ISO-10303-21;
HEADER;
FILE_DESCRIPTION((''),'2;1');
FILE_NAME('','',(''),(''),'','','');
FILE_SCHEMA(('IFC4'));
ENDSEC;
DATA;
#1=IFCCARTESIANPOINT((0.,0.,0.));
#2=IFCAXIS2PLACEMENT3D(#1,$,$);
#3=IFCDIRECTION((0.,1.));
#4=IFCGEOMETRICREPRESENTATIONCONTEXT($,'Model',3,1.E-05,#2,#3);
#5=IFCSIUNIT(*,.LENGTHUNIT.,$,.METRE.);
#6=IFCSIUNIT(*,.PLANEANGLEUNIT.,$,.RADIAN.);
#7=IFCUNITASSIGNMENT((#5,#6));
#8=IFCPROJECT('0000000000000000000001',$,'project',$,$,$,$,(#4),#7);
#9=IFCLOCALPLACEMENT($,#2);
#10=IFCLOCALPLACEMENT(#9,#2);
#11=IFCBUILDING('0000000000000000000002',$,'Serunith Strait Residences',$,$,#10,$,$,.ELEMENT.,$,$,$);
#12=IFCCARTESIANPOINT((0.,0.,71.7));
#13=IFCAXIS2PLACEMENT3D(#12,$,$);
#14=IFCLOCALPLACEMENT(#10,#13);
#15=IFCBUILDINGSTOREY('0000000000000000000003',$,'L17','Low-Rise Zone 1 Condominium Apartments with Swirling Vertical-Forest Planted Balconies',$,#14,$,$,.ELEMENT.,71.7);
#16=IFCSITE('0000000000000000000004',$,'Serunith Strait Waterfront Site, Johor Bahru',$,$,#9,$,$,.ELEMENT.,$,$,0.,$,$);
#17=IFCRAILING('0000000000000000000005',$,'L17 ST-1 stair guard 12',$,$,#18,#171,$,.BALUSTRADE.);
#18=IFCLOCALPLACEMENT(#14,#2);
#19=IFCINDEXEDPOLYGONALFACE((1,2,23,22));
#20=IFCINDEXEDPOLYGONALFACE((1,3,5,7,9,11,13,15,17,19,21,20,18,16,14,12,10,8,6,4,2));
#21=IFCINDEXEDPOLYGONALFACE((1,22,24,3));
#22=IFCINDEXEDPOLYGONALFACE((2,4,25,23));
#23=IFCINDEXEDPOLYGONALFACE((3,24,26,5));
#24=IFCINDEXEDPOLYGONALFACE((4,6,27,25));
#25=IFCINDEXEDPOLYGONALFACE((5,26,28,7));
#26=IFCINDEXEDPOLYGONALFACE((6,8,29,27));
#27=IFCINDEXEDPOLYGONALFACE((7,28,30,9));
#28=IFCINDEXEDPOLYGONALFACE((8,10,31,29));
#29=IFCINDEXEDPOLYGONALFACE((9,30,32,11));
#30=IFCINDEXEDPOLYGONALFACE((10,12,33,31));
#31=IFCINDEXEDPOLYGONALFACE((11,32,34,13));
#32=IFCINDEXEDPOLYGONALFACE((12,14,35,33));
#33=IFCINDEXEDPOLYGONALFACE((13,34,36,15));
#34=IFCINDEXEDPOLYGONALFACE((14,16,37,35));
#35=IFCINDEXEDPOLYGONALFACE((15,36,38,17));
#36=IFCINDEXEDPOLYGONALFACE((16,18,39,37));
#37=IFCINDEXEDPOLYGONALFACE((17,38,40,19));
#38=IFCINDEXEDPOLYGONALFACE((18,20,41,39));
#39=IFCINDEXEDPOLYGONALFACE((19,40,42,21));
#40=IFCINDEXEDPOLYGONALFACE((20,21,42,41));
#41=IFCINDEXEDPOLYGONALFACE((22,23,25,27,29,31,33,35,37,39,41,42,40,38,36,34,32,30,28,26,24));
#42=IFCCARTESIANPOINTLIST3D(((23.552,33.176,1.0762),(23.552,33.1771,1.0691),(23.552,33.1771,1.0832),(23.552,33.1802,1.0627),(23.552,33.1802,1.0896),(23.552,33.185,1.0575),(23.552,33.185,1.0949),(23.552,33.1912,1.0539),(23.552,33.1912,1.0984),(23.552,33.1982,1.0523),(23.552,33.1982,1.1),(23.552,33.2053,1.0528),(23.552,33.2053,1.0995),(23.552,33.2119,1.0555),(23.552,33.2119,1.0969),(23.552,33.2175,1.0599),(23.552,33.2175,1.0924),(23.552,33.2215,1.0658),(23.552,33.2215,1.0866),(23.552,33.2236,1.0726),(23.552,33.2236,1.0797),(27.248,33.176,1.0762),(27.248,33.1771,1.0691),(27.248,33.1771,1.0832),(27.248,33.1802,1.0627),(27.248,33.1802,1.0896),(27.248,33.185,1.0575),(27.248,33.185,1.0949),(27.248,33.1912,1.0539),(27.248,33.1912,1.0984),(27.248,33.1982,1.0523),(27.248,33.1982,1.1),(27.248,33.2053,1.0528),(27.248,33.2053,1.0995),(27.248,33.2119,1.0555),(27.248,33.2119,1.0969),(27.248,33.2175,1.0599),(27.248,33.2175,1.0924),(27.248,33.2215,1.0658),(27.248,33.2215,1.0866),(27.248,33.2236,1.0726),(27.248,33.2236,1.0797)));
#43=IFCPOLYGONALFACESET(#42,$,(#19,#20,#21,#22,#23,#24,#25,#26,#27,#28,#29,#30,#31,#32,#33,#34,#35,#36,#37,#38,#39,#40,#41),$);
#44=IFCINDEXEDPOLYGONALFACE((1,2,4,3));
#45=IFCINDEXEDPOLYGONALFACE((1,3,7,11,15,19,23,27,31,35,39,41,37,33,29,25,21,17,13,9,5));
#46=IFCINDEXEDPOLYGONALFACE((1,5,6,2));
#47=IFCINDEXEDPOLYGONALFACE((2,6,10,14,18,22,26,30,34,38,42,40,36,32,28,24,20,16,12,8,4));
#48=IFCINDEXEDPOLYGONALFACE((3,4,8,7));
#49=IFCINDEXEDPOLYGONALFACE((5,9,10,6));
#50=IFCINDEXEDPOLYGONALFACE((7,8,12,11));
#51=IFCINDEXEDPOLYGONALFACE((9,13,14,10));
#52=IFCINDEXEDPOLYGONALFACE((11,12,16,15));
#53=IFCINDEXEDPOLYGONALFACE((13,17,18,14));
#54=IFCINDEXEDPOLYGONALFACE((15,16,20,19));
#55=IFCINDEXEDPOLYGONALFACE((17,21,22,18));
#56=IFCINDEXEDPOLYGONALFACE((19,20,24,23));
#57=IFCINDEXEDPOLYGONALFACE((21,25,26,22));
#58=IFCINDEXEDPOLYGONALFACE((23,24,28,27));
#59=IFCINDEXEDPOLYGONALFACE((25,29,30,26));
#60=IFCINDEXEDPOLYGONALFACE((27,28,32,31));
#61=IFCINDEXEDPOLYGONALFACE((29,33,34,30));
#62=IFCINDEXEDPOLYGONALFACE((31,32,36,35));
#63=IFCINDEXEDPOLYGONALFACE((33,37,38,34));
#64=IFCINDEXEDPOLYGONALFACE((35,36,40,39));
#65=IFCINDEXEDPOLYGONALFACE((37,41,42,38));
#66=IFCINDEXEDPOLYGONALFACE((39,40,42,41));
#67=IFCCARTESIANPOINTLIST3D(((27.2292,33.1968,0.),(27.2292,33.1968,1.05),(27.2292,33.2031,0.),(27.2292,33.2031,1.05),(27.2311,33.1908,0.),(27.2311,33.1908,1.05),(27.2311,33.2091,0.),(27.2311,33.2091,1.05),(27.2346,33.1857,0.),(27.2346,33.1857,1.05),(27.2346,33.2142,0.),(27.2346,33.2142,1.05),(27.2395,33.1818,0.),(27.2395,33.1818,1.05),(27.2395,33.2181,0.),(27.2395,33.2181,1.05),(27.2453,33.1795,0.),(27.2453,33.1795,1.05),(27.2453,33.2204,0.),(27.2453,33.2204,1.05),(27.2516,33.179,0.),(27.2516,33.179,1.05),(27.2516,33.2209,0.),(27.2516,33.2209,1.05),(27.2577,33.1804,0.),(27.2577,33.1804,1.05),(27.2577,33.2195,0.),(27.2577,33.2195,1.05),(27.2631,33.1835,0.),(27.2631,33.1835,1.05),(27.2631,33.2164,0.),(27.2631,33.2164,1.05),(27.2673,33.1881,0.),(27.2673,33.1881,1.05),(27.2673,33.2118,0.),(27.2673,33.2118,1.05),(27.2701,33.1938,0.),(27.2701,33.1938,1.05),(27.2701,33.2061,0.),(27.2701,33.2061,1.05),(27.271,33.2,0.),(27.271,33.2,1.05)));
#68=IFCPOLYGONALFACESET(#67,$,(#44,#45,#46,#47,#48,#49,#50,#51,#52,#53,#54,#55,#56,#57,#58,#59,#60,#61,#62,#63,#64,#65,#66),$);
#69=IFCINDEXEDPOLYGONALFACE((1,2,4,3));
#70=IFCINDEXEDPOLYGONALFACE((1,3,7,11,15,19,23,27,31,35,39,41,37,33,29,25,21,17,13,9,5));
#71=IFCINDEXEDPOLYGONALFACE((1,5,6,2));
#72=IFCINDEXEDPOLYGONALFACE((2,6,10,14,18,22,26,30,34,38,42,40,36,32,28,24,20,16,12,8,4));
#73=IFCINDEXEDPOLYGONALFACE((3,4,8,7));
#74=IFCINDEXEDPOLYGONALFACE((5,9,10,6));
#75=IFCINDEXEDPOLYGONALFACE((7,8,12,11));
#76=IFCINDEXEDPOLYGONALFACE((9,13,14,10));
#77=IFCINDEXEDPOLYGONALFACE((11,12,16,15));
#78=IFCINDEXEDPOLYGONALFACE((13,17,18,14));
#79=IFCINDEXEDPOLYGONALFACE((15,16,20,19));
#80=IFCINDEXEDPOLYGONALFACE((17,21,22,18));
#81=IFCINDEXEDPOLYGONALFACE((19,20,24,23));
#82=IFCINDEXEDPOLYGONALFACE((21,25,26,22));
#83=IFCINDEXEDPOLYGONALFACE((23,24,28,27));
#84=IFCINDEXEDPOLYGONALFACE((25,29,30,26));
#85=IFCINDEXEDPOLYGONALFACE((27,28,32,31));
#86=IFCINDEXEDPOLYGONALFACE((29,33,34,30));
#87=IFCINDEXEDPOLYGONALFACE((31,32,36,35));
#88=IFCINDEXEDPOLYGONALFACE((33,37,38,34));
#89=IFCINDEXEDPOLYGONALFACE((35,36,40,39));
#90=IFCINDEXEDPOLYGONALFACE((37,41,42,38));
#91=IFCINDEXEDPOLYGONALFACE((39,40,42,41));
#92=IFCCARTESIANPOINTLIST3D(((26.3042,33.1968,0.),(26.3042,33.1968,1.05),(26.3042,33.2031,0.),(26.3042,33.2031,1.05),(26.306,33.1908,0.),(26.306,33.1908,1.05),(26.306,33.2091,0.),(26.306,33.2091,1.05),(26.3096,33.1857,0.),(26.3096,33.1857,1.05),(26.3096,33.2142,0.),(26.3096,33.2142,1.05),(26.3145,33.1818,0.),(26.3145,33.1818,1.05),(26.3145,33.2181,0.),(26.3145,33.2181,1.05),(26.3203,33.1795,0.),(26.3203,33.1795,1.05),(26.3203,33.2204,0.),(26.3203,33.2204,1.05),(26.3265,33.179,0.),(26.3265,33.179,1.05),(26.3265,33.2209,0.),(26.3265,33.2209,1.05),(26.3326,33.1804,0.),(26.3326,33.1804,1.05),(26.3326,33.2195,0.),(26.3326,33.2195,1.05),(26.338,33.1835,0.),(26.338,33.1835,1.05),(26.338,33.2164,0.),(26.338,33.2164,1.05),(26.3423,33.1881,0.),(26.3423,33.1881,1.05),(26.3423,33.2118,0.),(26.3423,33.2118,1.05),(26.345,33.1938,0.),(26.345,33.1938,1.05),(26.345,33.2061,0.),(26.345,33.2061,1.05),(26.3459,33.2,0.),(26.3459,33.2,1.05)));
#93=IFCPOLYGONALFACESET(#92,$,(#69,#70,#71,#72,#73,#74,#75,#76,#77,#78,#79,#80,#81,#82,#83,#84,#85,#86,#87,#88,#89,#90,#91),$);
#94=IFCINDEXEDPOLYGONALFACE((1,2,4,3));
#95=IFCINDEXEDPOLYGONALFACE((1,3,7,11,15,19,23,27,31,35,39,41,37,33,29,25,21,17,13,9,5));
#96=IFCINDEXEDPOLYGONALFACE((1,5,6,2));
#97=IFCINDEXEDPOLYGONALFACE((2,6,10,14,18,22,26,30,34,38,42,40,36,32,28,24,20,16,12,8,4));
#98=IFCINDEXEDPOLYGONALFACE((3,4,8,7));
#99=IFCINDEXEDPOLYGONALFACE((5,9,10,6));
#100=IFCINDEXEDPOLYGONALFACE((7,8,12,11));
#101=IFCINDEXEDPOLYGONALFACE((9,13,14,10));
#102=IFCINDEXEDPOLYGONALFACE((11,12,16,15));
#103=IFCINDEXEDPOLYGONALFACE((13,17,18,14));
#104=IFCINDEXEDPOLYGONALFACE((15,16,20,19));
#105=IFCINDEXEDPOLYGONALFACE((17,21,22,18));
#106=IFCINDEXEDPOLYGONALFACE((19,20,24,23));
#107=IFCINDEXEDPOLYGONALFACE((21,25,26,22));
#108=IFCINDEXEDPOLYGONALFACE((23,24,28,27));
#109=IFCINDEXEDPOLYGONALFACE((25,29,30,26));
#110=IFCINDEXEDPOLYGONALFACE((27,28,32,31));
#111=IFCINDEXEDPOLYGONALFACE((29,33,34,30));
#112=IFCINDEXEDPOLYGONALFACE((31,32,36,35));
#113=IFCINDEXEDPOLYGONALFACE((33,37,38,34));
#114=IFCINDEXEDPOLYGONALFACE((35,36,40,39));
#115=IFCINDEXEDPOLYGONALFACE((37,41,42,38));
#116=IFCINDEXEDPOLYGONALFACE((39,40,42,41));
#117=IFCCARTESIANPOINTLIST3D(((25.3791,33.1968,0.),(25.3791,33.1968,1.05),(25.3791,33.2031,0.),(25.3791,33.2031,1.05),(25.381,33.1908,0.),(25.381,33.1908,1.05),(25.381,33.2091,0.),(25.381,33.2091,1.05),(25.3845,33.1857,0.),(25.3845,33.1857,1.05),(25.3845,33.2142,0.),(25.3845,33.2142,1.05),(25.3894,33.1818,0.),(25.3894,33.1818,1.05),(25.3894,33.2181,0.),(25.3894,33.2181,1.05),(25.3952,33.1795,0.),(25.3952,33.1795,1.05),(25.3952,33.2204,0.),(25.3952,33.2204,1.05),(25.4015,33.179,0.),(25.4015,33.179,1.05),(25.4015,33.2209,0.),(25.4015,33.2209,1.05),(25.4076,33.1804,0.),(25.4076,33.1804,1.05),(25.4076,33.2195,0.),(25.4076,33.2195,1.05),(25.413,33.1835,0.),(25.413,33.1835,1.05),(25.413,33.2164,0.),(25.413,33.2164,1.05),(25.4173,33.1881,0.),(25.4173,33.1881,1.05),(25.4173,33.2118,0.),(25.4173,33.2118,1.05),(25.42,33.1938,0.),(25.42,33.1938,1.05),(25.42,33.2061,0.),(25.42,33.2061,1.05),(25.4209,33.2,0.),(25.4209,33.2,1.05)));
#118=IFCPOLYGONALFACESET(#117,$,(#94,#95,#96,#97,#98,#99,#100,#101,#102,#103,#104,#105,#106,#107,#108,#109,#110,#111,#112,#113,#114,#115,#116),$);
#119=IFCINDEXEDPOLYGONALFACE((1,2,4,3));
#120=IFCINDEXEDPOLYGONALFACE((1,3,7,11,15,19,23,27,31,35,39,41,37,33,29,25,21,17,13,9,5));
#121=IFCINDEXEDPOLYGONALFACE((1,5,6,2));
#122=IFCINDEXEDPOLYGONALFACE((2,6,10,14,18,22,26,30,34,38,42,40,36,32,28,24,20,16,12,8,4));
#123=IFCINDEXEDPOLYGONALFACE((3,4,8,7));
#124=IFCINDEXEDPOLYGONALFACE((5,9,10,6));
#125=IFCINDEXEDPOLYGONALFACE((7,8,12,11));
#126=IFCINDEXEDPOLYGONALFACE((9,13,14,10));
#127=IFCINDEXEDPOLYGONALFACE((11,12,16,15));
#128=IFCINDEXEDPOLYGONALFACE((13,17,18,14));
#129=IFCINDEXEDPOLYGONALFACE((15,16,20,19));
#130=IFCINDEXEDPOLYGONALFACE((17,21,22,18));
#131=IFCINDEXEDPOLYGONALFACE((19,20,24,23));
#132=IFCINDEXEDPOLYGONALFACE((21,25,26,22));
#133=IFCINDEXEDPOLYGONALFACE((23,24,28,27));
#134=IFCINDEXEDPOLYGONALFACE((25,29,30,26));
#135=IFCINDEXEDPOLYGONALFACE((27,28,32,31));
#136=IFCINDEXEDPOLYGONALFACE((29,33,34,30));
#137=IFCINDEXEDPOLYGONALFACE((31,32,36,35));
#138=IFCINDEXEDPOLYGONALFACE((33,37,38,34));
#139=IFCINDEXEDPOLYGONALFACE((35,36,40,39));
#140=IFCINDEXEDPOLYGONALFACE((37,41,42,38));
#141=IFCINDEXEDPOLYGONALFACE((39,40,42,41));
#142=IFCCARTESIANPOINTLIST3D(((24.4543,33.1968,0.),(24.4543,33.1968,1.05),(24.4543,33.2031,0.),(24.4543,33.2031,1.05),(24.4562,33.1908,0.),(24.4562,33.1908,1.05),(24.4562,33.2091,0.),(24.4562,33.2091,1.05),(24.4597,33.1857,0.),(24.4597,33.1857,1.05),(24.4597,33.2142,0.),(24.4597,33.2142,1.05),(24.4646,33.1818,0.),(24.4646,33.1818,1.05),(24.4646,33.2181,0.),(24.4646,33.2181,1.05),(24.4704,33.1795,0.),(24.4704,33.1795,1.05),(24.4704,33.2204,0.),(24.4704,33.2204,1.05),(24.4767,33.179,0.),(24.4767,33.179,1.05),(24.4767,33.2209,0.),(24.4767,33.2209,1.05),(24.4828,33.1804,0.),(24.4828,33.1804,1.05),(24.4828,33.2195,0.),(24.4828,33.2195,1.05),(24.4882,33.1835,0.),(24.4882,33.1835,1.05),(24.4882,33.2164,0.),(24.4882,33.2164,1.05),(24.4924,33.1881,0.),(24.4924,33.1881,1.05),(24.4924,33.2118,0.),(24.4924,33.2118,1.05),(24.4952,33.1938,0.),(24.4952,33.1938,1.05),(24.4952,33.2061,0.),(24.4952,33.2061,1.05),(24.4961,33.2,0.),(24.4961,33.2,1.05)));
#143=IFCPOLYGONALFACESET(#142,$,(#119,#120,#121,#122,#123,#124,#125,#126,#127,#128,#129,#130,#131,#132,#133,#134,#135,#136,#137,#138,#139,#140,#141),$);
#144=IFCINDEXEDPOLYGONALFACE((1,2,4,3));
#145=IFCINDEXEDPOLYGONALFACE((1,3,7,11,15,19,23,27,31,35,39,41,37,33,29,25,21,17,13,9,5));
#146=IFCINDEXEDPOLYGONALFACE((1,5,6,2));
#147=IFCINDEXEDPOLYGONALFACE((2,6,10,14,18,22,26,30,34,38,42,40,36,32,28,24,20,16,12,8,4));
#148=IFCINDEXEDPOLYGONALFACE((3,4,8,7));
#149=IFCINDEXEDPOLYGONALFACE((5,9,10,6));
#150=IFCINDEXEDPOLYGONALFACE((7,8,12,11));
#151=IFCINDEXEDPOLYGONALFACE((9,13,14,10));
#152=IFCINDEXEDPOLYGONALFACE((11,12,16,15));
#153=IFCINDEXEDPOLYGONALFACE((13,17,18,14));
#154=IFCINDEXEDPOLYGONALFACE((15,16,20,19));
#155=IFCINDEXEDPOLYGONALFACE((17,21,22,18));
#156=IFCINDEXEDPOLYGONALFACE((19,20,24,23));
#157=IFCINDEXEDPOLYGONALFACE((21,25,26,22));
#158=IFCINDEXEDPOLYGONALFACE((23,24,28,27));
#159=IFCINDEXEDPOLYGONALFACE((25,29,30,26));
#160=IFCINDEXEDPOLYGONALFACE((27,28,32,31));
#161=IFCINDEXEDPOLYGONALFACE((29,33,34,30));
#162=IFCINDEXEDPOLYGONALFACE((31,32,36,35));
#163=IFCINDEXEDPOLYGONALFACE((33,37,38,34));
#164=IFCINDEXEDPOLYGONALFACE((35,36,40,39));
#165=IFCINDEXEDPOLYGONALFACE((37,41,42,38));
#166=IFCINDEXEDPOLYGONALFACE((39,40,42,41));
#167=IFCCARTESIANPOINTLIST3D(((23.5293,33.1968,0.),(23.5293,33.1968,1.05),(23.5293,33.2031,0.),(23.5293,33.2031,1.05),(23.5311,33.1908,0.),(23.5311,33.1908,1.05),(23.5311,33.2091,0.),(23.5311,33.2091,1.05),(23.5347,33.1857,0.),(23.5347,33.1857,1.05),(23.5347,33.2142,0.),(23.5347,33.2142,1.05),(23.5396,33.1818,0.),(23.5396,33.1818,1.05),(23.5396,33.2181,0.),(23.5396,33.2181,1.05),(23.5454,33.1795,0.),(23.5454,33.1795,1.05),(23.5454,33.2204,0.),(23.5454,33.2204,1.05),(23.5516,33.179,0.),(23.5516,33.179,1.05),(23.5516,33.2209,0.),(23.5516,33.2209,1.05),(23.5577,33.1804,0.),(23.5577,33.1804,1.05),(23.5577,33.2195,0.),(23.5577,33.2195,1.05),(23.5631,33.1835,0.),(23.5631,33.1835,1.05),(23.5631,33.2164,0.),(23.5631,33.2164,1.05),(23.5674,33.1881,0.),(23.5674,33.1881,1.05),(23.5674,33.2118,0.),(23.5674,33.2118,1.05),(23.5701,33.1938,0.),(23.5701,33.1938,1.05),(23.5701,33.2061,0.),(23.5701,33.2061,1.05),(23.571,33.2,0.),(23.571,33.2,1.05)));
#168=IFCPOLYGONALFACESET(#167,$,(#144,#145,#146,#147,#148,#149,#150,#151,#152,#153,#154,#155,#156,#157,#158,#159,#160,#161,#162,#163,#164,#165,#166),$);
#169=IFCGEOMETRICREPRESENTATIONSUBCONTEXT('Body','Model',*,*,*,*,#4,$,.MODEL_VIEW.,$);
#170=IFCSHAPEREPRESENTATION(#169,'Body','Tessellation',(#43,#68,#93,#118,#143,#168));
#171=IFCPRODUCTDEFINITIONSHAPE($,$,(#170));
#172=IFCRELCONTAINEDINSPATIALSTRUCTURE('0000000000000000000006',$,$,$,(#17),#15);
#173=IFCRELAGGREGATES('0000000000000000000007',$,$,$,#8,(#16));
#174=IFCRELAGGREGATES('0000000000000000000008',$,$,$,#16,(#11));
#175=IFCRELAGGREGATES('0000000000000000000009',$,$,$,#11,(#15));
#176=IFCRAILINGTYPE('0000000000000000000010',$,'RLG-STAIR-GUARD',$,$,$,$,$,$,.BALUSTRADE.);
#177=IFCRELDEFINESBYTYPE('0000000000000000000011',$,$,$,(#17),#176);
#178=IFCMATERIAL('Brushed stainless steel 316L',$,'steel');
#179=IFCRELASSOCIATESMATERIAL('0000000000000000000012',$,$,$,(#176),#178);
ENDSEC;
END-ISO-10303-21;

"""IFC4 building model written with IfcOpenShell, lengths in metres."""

from ifc_helpers import new_model, si_unit, direction, frame, origin, origin_2d, place, context, subcontext, project, spatial, circle, extrude, material, type_object, element, save


model = new_model("IFC4")

# Units and contexts
model_context = context("Model", 3, precision=1e-05, world=origin(), true_north=direction((0.0, 1.0)))
body_context = subcontext(model_context, "Body", "Model", "MODEL_VIEW")
ifc_project = project(units=[si_unit("LENGTHUNIT", "METRE"), si_unit("PLANEANGLEUNIT", "RADIAN")], contexts=[model_context])

# Site, building, storey
site_placement = place(None, origin())
site = spatial("IfcSite", under=ifc_project, at=site_placement, Name="Serunith Strait Waterfront Site, Johor Bahru", CompositionType="ELEMENT", RefElevation=0.0)
building_placement = place(site_placement, origin())
building = spatial("IfcBuilding", under=site, at=building_placement, Name="Serunith Strait Residences", CompositionType="ELEMENT")
storey_placement = place(building_placement, frame((0.0, 0.0, 71.7)))
storey = spatial("IfcBuildingStorey", under=building, at=storey_placement, Name="L17", Description="Low-Rise Zone 1 Condominium Apartments with Swirling Vertical-Forest Planted Balconies", CompositionType="ELEMENT", Elevation=71.7)

# Railing
ifc_material_1 = material(Name="Brushed stainless steel 316L", Category="steel")
railing_type_1 = type_object("IfcRailingType", Name="RLG-STAIR-GUARD", PredefinedType="BALUSTRADE", material=ifc_material_1)
railing_1_placement = place(storey_placement, frame((27.25, 33.2, 0.0)))
element("IfcRailing", 1, at=railing_1_placement, inside=storey, type_object=railing_type_1, Name="L17 ST-1 stair guard 12", PredefinedType="BALUSTRADE", context=body_context, shape_type="SweptSolid", body=[
    extrude(circle(Radius=0.0239, at=origin_2d()), frame((-0.002, 0.0, 1.0762), z_axis=(-1.0, 0.0, 0.0), x_axis=(0.0, -1.0, 0.0)), (0.0, 0.0, 1.0), 3.696),
    extrude(circle(Radius=0.021, at=origin_2d()), origin(), (0.0, 0.0, 1.0), 1.05),
    extrude(circle(Radius=0.021, at=origin_2d()), frame((-0.925, 0.0, 0.0)), (0.0, 0.0, 1.0), 1.05),
    extrude(circle(Radius=0.021, at=origin_2d()), frame((-1.8501, 0.0, 0.0)), (0.0, 0.0, 1.0), 1.05),
    extrude(circle(Radius=0.021, at=origin_2d()), frame((-2.7749, 0.0, 0.0)), (0.0, 0.0, 1.0), 1.05),
    extrude(circle(Radius=0.021, at=origin_2d()), frame((-3.7, 0.0, 0.0)), (0.0, 0.0, 1.0), 1.05),
])

save(model, "model.ifc")
